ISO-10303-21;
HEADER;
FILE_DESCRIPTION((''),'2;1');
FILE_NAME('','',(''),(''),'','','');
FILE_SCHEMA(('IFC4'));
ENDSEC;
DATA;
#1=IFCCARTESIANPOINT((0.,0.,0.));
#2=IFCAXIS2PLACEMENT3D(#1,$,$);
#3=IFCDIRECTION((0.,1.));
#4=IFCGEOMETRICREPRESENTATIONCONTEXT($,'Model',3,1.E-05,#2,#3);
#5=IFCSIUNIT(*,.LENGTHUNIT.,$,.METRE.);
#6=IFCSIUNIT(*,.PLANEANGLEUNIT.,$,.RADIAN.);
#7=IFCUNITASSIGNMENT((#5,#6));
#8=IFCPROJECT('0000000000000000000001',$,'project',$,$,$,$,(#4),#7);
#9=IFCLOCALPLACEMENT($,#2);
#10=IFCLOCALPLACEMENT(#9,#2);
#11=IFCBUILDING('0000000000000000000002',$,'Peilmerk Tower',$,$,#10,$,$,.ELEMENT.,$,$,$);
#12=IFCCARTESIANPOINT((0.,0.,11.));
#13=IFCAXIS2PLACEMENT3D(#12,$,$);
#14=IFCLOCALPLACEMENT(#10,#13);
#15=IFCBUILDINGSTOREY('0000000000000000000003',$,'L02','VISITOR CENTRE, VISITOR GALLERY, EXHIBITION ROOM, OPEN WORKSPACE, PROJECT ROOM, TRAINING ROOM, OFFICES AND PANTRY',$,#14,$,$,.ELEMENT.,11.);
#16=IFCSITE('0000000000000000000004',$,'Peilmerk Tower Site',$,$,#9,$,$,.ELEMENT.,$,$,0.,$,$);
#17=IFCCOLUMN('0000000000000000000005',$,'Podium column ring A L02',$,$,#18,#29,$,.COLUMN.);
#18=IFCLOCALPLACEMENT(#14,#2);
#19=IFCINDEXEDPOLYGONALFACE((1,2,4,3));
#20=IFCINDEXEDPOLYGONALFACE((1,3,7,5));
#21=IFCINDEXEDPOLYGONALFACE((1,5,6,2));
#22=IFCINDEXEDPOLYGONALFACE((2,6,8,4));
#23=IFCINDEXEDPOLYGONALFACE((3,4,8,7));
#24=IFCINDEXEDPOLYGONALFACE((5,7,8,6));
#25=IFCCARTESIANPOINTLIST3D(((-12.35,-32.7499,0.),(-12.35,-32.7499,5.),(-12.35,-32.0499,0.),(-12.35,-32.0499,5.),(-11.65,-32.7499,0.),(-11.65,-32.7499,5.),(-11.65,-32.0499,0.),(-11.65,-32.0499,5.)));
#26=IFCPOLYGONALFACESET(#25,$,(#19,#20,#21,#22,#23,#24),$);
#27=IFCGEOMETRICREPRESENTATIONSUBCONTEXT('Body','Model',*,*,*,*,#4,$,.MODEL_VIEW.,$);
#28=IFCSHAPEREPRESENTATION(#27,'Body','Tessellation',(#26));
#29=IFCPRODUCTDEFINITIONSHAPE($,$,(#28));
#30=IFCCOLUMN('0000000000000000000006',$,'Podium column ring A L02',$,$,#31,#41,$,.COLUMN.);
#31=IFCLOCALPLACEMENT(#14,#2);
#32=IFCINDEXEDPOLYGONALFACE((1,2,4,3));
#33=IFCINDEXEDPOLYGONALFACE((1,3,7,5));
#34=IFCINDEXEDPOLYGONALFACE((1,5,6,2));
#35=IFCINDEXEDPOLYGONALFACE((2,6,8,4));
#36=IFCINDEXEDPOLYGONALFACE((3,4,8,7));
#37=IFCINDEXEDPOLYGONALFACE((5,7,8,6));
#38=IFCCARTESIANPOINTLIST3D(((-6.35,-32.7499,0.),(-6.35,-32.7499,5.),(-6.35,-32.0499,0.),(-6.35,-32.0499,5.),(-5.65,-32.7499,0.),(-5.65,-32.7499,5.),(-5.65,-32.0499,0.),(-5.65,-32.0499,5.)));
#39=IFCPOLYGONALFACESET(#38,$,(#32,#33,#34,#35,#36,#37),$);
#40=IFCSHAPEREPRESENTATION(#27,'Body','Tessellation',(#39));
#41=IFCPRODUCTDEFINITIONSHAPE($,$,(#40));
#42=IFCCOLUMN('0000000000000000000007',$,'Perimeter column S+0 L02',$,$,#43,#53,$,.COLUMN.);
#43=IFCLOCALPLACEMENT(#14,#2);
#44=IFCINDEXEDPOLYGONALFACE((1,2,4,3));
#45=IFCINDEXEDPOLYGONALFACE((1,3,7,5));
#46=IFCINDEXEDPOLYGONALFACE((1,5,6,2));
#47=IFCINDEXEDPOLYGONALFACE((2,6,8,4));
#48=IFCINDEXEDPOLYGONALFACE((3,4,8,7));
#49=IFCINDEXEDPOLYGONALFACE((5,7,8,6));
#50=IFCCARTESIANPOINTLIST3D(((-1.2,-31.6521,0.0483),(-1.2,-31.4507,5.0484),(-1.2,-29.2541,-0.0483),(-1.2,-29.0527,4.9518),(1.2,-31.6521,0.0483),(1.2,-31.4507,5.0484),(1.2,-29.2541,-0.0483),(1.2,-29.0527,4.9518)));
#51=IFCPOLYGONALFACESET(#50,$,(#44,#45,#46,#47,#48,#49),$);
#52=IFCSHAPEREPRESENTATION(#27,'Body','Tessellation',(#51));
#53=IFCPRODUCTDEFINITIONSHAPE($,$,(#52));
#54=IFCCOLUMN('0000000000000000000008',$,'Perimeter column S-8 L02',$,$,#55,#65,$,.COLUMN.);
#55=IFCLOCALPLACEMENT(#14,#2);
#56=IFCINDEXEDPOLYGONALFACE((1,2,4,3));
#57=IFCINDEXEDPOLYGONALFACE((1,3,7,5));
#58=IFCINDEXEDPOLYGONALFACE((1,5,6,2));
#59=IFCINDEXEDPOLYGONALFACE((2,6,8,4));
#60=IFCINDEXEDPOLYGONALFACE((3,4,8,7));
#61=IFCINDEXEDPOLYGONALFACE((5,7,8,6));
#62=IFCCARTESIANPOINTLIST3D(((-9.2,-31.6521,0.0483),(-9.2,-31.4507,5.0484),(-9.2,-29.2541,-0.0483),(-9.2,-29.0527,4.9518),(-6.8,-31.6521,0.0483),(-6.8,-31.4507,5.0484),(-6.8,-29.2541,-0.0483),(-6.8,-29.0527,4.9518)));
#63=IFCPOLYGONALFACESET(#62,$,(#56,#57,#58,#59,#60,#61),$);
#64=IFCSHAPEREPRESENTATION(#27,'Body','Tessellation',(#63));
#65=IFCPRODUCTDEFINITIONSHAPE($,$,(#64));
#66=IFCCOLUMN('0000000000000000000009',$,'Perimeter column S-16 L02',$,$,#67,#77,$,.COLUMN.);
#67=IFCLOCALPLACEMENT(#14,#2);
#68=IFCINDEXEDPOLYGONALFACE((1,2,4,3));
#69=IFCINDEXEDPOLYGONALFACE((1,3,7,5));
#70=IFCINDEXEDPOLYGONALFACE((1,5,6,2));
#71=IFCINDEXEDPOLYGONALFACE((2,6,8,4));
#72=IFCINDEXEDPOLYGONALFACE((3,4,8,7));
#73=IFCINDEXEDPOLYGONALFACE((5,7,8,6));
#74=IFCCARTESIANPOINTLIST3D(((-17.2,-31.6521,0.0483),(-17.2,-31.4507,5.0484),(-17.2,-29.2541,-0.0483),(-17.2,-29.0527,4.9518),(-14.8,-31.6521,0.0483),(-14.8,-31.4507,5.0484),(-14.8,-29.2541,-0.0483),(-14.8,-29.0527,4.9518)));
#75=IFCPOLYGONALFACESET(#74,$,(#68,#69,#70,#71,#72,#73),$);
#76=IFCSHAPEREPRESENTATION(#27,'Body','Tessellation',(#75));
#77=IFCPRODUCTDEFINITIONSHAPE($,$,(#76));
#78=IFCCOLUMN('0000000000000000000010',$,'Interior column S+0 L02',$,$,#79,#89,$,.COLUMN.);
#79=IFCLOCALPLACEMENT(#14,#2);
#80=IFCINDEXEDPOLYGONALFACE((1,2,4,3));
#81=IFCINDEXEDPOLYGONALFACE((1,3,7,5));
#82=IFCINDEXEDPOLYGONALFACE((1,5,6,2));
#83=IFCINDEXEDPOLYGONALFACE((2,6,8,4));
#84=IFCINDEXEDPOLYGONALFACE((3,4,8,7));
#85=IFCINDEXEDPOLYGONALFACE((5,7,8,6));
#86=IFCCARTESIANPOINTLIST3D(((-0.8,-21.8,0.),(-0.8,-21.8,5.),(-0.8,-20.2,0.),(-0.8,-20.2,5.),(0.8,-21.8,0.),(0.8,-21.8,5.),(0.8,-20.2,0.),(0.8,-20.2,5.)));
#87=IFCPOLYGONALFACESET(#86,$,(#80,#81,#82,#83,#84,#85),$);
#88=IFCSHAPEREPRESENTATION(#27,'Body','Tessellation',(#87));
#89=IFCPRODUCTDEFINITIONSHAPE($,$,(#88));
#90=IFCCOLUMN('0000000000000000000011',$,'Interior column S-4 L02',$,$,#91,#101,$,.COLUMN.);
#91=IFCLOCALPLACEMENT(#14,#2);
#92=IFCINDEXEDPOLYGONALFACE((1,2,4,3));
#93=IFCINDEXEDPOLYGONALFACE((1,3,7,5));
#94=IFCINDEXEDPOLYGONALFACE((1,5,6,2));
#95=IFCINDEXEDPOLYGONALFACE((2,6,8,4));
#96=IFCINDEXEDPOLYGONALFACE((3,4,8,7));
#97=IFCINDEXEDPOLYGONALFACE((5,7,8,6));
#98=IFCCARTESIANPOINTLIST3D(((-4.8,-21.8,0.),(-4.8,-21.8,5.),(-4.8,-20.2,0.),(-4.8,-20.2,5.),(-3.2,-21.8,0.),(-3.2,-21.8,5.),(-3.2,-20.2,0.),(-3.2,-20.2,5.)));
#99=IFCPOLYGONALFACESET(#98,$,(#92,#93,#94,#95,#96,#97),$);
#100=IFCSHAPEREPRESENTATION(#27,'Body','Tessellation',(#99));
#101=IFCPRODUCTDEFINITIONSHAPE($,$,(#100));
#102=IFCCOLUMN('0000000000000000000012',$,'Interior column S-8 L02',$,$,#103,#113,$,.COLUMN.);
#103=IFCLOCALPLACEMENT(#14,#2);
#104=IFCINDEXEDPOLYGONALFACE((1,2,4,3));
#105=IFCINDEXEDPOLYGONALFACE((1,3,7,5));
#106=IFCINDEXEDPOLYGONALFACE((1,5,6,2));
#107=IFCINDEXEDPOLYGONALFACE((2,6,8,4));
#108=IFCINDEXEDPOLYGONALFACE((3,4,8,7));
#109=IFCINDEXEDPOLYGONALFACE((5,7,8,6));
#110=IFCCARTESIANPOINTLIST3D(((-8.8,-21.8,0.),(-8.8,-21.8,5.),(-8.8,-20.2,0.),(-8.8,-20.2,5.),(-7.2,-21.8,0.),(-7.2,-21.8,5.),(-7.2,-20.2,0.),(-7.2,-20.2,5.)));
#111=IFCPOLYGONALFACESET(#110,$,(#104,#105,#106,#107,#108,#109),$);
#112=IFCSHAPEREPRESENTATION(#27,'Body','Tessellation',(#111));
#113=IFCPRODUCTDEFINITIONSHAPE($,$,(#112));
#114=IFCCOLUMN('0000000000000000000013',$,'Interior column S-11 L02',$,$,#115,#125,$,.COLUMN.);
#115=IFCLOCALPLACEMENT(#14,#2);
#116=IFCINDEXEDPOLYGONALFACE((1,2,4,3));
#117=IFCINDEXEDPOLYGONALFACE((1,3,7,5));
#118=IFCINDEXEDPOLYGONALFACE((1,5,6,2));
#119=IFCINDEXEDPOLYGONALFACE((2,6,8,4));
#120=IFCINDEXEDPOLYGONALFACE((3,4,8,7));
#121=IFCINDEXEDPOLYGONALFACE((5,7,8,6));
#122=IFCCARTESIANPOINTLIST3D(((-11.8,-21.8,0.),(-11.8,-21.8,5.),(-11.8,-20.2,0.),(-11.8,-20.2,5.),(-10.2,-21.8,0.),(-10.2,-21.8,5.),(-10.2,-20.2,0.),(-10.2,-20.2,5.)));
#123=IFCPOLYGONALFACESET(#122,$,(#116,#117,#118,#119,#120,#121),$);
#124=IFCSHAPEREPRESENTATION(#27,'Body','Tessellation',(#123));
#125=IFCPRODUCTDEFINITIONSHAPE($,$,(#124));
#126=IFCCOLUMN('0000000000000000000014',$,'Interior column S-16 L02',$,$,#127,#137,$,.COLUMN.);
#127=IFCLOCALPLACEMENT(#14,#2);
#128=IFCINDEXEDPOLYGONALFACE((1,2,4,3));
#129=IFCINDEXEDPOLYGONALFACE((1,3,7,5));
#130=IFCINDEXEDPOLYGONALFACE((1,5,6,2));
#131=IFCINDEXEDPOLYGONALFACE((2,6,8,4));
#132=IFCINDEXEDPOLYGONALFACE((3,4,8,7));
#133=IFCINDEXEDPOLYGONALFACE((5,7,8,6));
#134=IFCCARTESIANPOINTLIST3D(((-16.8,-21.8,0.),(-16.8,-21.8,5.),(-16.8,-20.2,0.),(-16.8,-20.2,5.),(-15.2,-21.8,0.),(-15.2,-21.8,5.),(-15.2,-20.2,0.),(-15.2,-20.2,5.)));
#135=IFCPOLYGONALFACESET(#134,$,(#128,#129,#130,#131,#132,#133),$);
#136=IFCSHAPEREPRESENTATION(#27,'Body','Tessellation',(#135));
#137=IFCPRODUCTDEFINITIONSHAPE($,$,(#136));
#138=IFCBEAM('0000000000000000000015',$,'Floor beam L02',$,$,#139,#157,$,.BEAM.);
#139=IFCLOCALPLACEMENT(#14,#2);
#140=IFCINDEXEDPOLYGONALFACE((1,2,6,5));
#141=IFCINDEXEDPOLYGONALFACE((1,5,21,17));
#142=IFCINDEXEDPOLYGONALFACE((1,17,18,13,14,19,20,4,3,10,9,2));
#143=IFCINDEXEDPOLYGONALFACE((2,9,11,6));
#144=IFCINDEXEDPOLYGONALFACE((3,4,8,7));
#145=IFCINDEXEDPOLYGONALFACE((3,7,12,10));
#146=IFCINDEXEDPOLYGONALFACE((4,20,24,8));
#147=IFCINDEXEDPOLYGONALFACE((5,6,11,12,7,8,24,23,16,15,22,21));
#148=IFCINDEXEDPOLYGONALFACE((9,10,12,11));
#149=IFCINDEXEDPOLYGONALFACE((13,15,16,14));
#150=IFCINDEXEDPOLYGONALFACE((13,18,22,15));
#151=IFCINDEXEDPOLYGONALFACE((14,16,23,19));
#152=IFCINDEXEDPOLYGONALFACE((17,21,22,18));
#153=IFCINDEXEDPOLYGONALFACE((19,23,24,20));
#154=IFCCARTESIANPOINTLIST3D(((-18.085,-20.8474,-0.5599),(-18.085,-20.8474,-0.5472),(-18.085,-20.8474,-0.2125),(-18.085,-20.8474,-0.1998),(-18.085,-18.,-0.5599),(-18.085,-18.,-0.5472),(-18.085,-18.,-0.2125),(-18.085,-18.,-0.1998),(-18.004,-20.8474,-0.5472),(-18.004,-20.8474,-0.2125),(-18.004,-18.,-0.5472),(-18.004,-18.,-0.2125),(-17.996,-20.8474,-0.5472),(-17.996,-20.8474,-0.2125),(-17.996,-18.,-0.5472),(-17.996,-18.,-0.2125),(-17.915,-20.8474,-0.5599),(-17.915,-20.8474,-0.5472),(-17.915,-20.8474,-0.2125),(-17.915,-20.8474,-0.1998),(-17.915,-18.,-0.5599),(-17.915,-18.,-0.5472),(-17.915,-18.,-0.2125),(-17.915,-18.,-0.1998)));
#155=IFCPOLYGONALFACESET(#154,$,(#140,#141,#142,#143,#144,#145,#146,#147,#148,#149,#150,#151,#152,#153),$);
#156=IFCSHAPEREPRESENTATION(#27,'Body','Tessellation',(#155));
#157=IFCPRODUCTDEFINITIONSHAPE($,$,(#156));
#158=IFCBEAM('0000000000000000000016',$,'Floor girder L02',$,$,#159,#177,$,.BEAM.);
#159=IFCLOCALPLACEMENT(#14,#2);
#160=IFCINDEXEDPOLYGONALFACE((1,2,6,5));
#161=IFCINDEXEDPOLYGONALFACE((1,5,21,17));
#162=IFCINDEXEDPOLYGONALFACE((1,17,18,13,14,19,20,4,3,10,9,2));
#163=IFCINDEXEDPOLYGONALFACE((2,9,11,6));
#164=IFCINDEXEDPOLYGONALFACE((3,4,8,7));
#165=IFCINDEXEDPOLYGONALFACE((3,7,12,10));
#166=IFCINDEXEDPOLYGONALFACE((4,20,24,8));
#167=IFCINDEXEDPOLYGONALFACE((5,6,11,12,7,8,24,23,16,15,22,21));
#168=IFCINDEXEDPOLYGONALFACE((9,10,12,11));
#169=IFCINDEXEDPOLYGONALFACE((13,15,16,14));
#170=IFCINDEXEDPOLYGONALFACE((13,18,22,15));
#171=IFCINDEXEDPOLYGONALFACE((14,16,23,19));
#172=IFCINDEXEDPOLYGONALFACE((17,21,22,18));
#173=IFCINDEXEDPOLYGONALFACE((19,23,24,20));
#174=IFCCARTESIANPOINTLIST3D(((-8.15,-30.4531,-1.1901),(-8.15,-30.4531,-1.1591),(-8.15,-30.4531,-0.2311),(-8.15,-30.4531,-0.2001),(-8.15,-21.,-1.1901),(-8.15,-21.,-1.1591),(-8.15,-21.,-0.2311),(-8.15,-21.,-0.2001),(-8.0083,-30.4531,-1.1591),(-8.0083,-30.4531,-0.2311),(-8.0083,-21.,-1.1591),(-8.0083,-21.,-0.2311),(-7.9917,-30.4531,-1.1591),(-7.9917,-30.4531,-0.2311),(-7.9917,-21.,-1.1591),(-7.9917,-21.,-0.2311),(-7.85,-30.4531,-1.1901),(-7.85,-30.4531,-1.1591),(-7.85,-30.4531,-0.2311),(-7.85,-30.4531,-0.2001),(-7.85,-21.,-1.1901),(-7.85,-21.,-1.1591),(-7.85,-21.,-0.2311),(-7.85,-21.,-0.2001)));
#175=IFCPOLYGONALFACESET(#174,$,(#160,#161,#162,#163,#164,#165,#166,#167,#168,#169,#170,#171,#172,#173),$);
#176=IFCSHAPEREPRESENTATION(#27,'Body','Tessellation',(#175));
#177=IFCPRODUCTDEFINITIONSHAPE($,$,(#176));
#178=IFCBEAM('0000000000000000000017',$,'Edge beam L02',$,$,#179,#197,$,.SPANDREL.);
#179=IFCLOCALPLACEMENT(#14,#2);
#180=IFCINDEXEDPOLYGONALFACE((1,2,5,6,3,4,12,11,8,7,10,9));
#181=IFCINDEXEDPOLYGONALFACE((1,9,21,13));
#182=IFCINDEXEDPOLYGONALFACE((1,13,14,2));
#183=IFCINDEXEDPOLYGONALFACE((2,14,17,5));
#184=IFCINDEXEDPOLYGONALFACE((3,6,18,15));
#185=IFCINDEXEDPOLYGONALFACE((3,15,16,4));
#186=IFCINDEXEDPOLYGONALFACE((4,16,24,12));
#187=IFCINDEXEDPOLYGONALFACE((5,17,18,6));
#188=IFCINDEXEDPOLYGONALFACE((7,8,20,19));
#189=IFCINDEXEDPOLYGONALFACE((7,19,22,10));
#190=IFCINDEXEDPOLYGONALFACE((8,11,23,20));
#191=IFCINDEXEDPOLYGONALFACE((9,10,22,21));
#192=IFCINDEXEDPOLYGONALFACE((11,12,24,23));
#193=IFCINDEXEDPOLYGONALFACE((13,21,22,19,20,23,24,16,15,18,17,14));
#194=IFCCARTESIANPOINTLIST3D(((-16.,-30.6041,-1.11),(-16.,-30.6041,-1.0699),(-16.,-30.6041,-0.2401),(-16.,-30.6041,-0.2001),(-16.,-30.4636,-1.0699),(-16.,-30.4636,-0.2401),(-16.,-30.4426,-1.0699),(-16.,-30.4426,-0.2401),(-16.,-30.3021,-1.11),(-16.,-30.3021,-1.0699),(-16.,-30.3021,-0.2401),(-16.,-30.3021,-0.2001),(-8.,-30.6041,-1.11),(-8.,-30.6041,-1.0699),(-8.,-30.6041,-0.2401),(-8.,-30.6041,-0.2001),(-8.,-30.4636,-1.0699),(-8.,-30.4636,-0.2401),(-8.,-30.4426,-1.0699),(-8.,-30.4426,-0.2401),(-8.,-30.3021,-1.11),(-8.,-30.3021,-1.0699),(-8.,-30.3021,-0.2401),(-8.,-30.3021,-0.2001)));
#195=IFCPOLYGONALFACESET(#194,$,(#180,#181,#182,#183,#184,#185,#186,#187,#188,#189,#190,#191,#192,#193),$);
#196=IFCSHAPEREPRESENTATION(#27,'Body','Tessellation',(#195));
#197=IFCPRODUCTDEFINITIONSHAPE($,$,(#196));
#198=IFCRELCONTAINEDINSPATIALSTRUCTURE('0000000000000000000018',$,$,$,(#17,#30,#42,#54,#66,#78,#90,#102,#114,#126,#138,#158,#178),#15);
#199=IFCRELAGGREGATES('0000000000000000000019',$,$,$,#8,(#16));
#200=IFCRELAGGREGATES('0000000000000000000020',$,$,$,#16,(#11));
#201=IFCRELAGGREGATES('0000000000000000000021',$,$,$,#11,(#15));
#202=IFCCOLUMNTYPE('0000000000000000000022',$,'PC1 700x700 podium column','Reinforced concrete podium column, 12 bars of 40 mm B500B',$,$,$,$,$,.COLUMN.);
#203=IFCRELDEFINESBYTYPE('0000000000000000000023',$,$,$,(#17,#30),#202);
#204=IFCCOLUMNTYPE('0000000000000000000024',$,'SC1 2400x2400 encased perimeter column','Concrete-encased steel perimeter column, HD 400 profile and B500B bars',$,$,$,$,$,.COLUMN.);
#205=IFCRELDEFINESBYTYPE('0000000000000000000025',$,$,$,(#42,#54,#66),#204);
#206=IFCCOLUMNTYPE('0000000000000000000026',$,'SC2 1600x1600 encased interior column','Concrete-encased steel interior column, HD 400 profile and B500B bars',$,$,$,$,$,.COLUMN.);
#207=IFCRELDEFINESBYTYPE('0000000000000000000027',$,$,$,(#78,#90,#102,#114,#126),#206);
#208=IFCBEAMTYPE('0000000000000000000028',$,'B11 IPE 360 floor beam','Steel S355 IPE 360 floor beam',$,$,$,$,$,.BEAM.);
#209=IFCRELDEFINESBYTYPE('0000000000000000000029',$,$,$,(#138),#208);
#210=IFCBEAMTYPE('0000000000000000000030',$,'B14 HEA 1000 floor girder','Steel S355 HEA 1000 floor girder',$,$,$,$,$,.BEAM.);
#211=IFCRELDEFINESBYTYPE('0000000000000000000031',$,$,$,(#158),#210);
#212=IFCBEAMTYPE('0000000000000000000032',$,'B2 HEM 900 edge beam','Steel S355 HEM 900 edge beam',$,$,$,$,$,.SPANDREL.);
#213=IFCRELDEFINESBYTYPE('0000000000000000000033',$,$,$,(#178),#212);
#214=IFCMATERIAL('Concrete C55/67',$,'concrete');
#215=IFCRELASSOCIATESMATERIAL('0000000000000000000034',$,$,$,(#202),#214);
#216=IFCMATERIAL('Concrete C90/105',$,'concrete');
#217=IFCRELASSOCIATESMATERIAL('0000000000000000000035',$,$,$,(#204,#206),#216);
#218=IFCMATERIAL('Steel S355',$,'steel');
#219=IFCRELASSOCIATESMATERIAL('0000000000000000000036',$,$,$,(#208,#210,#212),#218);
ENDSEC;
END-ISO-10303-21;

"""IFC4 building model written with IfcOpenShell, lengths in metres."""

from ifc_helpers import new_model, si_unit, direction, frame, origin, origin_2d, place, context, subcontext, project, spatial, rectangle, i_section, extrude, material, material_profile, profile_set, type_object, element, save


model = new_model("IFC4")

# Units and contexts
model_context = context("Model", 3, precision=1e-05, world=origin(), true_north=direction((0.0, 1.0)))
body_context = subcontext(model_context, "Body", "Model", "MODEL_VIEW")
ifc_project = project(units=[si_unit("LENGTHUNIT", "METRE"), si_unit("PLANEANGLEUNIT", "RADIAN")], contexts=[model_context])

# Site, building, storey
site_placement = place(None, origin())
site = spatial("IfcSite", under=ifc_project, at=site_placement, Name="Peilmerk Tower Site", CompositionType="ELEMENT", RefElevation=0.0)
building_placement = place(site_placement, origin())
building = spatial("IfcBuilding", under=site, at=building_placement, Name="Peilmerk Tower", CompositionType="ELEMENT")
storey_placement = place(building_placement, frame((0.0, 0.0, 11.0)))
storey = spatial("IfcBuildingStorey", under=building, at=storey_placement, Name="L02", Description="VISITOR CENTRE, VISITOR GALLERY, EXHIBITION ROOM, OPEN WORKSPACE, PROJECT ROOM, TRAINING ROOM, OFFICES AND PANTRY", CompositionType="ELEMENT", Elevation=11.0)

# Columns
ifc_material_1 = material(Name="Concrete C55/67", Category="concrete")
ifc_material_profile_1 = material_profile(ifc_material_1, rectangle(XDim=0.7, YDim=0.7, at=origin_2d()), Name="RC 700x700")
ifc_profile_set_1 = profile_set([ifc_material_profile_1], Name="Concrete C55/67")
column_type_1 = type_object("IfcColumnType", Name="PC1 700x700 podium column", Description="Reinforced concrete podium column, 12 bars of 40 mm B500B", PredefinedType="COLUMN", material=ifc_profile_set_1)
for number, where, z_axis, x_axis, name in (
    (1, (-12.0, -32.3999, 0.0), (0.0, 0.0, 1.0), (1.0, 0.0, 0.0), "Podium column ring A L02"),
    (2, (-6.0, -32.3999, 0.0), (0.0, 0.0, 1.0), (1.0, 0.0, 0.0), "Podium column ring A L02"),
):
    element("IfcColumn", number, at=place(storey_placement, frame(where, z_axis=z_axis, x_axis=x_axis)), inside=storey, type_object=column_type_1, Name=name, PredefinedType="COLUMN", context=body_context, shape_type="SweptSolid", body=[
        extrude(rectangle(XDim=0.7, YDim=0.7, at=origin_2d()), origin(), (0.0, 0.0, 1.0), 5.0),
    ])
ifc_material_2 = material(Name="Concrete C90/105", Category="concrete")
ifc_material_profile_2 = material_profile(ifc_material_2, rectangle(XDim=2.3999, YDim=2.3999, at=origin_2d()), Name="RC 2400x2400")
ifc_profile_set_2 = profile_set([ifc_material_profile_2], Name="Concrete C90/105")
column_type_2 = type_object("IfcColumnType", Name="SC1 2400x2400 encased perimeter column", Description="Concrete-encased steel perimeter column, HD 400 profile and B500B bars", PredefinedType="COLUMN", material=ifc_profile_set_2)
for number, where, z_axis, x_axis, name in (
    (3, (0.0, -30.4531, 0.0), (0.0, 0.040251, 0.99919), (-1.0, 0.0, 0.0), "Perimeter column S+0 L02"),
    (4, (-8.0, -30.4531, 0.0), (0.0, 0.040251, 0.99919), (-1.0, 0.0, 0.0), "Perimeter column S-8 L02"),
    (5, (-16.0, -30.4531, 0.0), (0.0, 0.040251, 0.99919), (-1.0, 0.0, 0.0), "Perimeter column S-16 L02"),
):
    element("IfcColumn", number, at=place(storey_placement, frame(where, z_axis=z_axis, x_axis=x_axis)), inside=storey, type_object=column_type_2, Name=name, PredefinedType="COLUMN", context=body_context, shape_type="SweptSolid", body=[
        extrude(rectangle(XDim=2.3999, YDim=2.3999, at=origin_2d()), origin(), (0.0, 0.0, 1.0), 5.0042),
    ])
ifc_material_profile_3 = material_profile(ifc_material_2, rectangle(XDim=1.6001, YDim=1.6001, at=origin_2d()), Name="RC 1600x1600")
ifc_profile_set_3 = profile_set([ifc_material_profile_3], Name="Concrete C90/105")
column_type_3 = type_object("IfcColumnType", Name="SC2 1600x1600 encased interior column", Description="Concrete-encased steel interior column, HD 400 profile and B500B bars", PredefinedType="COLUMN", material=ifc_profile_set_3)
for number, where, z_axis, x_axis, name in (
    (6, (0.0, -21.0, 0.0), (0.0, 0.0, 1.0), (1.0, 0.0, 0.0), "Interior column S+0 L02"),
    (7, (-4.0, -21.0, 0.0), (0.0, 0.0, 1.0), (1.0, 0.0, 0.0), "Interior column S-4 L02"),
    (8, (-8.0, -21.0, 0.0), (0.0, 0.0, 1.0), (1.0, 0.0, 0.0), "Interior column S-8 L02"),
    (9, (-11.0, -21.0, 0.0), (0.0, 0.0, 1.0), (1.0, 0.0, 0.0), "Interior column S-11 L02"),
    (10, (-16.0, -21.0, 0.0), (0.0, 0.0, 1.0), (1.0, 0.0, 0.0), "Interior column S-16 L02"),
):
    element("IfcColumn", number, at=place(storey_placement, frame(where, z_axis=z_axis, x_axis=x_axis)), inside=storey, type_object=column_type_3, Name=name, PredefinedType="COLUMN", context=body_context, shape_type="SweptSolid", body=[
        extrude(rectangle(XDim=1.6001, YDim=1.6001, at=origin_2d()), origin(), (0.0, 0.0, 1.0), 5.0),
    ])

# Beams
ifc_material_3 = material(Name="Steel S355", Category="steel")
ifc_material_profile_4 = material_profile(ifc_material_3, i_section(OverallWidth=0.1699, OverallDepth=0.3601, WebThickness=0.0081, FlangeThickness=0.0127, at=origin_2d()), Name="IPE 360")
ifc_profile_set_4 = profile_set([ifc_material_profile_4], Name="Steel S355")
beam_type_1 = type_object("IfcBeamType", Name="B11 IPE 360 floor beam", Description="Steel S355 IPE 360 floor beam", PredefinedType="BEAM", material=ifc_profile_set_4)
beam_1_placement = place(storey_placement, frame((-18.0, -18.0, -0.3799), z_axis=(0.0, -1.0, 0.0), x_axis=(1.0, 0.0, 0.0)))
element("IfcBeam", 11, at=beam_1_placement, inside=storey, type_object=beam_type_1, Name="Floor beam L02", PredefinedType="BEAM", context=body_context, shape_type="SweptSolid", body=[
    extrude(i_section(OverallWidth=0.1699, OverallDepth=0.3601, WebThickness=0.0081, FlangeThickness=0.0127, at=origin_2d()), origin(), (0.0, 0.0, 1.0), 2.8474),
])
ifc_material_profile_5 = material_profile(ifc_material_3, i_section(OverallWidth=0.3, OverallDepth=0.99, WebThickness=0.0166, FlangeThickness=0.031, at=origin_2d()), Name="HEA 1000")
ifc_profile_set_5 = profile_set([ifc_material_profile_5], Name="Steel S355")
beam_type_2 = type_object("IfcBeamType", Name="B14 HEA 1000 floor girder", Description="Steel S355 HEA 1000 floor girder", PredefinedType="BEAM", material=ifc_profile_set_5)
beam_2_placement = place(storey_placement, frame((-8.0, -21.0, -0.6951), z_axis=(0.0, -1.0, 0.0), x_axis=(1.0, 0.0, 0.0)))
element("IfcBeam", 12, at=beam_2_placement, inside=storey, type_object=beam_type_2, Name="Floor girder L02", PredefinedType="BEAM", context=body_context, shape_type="SweptSolid", body=[
    extrude(i_section(OverallWidth=0.3, OverallDepth=0.99, WebThickness=0.0166, FlangeThickness=0.031, at=origin_2d()), origin(), (0.0, 0.0, 1.0), 9.4531),
])
ifc_material_profile_6 = material_profile(ifc_material_3, i_section(OverallWidth=0.302, OverallDepth=0.9099, WebThickness=0.021, FlangeThickness=0.04, at=origin_2d()), Name="HEM 900")
ifc_profile_set_6 = profile_set([ifc_material_profile_6], Name="Steel S355")
beam_type_3 = type_object("IfcBeamType", Name="B2 HEM 900 edge beam", Description="Steel S355 HEM 900 edge beam", PredefinedType="SPANDREL", material=ifc_profile_set_6)
for number, where, z_axis, x_axis, name in (
    (13, (-16.0, -30.4531, -0.655), (1.0, 0.0, 0.0), (0.0, 1.0, 0.0), "Edge beam L02"),
):
    element("IfcBeam", number, at=place(storey_placement, frame(where, z_axis=z_axis, x_axis=x_axis)), inside=storey, type_object=beam_type_3, Name=name, PredefinedType="SPANDREL", context=body_context, shape_type="SweptSolid", body=[
        extrude(i_section(OverallWidth=0.302, OverallDepth=0.9099, WebThickness=0.021, FlangeThickness=0.04, at=origin_2d()), origin(), (0.0, 0.0, 1.0), 8.0),
    ])

save(model, "model.ifc")
